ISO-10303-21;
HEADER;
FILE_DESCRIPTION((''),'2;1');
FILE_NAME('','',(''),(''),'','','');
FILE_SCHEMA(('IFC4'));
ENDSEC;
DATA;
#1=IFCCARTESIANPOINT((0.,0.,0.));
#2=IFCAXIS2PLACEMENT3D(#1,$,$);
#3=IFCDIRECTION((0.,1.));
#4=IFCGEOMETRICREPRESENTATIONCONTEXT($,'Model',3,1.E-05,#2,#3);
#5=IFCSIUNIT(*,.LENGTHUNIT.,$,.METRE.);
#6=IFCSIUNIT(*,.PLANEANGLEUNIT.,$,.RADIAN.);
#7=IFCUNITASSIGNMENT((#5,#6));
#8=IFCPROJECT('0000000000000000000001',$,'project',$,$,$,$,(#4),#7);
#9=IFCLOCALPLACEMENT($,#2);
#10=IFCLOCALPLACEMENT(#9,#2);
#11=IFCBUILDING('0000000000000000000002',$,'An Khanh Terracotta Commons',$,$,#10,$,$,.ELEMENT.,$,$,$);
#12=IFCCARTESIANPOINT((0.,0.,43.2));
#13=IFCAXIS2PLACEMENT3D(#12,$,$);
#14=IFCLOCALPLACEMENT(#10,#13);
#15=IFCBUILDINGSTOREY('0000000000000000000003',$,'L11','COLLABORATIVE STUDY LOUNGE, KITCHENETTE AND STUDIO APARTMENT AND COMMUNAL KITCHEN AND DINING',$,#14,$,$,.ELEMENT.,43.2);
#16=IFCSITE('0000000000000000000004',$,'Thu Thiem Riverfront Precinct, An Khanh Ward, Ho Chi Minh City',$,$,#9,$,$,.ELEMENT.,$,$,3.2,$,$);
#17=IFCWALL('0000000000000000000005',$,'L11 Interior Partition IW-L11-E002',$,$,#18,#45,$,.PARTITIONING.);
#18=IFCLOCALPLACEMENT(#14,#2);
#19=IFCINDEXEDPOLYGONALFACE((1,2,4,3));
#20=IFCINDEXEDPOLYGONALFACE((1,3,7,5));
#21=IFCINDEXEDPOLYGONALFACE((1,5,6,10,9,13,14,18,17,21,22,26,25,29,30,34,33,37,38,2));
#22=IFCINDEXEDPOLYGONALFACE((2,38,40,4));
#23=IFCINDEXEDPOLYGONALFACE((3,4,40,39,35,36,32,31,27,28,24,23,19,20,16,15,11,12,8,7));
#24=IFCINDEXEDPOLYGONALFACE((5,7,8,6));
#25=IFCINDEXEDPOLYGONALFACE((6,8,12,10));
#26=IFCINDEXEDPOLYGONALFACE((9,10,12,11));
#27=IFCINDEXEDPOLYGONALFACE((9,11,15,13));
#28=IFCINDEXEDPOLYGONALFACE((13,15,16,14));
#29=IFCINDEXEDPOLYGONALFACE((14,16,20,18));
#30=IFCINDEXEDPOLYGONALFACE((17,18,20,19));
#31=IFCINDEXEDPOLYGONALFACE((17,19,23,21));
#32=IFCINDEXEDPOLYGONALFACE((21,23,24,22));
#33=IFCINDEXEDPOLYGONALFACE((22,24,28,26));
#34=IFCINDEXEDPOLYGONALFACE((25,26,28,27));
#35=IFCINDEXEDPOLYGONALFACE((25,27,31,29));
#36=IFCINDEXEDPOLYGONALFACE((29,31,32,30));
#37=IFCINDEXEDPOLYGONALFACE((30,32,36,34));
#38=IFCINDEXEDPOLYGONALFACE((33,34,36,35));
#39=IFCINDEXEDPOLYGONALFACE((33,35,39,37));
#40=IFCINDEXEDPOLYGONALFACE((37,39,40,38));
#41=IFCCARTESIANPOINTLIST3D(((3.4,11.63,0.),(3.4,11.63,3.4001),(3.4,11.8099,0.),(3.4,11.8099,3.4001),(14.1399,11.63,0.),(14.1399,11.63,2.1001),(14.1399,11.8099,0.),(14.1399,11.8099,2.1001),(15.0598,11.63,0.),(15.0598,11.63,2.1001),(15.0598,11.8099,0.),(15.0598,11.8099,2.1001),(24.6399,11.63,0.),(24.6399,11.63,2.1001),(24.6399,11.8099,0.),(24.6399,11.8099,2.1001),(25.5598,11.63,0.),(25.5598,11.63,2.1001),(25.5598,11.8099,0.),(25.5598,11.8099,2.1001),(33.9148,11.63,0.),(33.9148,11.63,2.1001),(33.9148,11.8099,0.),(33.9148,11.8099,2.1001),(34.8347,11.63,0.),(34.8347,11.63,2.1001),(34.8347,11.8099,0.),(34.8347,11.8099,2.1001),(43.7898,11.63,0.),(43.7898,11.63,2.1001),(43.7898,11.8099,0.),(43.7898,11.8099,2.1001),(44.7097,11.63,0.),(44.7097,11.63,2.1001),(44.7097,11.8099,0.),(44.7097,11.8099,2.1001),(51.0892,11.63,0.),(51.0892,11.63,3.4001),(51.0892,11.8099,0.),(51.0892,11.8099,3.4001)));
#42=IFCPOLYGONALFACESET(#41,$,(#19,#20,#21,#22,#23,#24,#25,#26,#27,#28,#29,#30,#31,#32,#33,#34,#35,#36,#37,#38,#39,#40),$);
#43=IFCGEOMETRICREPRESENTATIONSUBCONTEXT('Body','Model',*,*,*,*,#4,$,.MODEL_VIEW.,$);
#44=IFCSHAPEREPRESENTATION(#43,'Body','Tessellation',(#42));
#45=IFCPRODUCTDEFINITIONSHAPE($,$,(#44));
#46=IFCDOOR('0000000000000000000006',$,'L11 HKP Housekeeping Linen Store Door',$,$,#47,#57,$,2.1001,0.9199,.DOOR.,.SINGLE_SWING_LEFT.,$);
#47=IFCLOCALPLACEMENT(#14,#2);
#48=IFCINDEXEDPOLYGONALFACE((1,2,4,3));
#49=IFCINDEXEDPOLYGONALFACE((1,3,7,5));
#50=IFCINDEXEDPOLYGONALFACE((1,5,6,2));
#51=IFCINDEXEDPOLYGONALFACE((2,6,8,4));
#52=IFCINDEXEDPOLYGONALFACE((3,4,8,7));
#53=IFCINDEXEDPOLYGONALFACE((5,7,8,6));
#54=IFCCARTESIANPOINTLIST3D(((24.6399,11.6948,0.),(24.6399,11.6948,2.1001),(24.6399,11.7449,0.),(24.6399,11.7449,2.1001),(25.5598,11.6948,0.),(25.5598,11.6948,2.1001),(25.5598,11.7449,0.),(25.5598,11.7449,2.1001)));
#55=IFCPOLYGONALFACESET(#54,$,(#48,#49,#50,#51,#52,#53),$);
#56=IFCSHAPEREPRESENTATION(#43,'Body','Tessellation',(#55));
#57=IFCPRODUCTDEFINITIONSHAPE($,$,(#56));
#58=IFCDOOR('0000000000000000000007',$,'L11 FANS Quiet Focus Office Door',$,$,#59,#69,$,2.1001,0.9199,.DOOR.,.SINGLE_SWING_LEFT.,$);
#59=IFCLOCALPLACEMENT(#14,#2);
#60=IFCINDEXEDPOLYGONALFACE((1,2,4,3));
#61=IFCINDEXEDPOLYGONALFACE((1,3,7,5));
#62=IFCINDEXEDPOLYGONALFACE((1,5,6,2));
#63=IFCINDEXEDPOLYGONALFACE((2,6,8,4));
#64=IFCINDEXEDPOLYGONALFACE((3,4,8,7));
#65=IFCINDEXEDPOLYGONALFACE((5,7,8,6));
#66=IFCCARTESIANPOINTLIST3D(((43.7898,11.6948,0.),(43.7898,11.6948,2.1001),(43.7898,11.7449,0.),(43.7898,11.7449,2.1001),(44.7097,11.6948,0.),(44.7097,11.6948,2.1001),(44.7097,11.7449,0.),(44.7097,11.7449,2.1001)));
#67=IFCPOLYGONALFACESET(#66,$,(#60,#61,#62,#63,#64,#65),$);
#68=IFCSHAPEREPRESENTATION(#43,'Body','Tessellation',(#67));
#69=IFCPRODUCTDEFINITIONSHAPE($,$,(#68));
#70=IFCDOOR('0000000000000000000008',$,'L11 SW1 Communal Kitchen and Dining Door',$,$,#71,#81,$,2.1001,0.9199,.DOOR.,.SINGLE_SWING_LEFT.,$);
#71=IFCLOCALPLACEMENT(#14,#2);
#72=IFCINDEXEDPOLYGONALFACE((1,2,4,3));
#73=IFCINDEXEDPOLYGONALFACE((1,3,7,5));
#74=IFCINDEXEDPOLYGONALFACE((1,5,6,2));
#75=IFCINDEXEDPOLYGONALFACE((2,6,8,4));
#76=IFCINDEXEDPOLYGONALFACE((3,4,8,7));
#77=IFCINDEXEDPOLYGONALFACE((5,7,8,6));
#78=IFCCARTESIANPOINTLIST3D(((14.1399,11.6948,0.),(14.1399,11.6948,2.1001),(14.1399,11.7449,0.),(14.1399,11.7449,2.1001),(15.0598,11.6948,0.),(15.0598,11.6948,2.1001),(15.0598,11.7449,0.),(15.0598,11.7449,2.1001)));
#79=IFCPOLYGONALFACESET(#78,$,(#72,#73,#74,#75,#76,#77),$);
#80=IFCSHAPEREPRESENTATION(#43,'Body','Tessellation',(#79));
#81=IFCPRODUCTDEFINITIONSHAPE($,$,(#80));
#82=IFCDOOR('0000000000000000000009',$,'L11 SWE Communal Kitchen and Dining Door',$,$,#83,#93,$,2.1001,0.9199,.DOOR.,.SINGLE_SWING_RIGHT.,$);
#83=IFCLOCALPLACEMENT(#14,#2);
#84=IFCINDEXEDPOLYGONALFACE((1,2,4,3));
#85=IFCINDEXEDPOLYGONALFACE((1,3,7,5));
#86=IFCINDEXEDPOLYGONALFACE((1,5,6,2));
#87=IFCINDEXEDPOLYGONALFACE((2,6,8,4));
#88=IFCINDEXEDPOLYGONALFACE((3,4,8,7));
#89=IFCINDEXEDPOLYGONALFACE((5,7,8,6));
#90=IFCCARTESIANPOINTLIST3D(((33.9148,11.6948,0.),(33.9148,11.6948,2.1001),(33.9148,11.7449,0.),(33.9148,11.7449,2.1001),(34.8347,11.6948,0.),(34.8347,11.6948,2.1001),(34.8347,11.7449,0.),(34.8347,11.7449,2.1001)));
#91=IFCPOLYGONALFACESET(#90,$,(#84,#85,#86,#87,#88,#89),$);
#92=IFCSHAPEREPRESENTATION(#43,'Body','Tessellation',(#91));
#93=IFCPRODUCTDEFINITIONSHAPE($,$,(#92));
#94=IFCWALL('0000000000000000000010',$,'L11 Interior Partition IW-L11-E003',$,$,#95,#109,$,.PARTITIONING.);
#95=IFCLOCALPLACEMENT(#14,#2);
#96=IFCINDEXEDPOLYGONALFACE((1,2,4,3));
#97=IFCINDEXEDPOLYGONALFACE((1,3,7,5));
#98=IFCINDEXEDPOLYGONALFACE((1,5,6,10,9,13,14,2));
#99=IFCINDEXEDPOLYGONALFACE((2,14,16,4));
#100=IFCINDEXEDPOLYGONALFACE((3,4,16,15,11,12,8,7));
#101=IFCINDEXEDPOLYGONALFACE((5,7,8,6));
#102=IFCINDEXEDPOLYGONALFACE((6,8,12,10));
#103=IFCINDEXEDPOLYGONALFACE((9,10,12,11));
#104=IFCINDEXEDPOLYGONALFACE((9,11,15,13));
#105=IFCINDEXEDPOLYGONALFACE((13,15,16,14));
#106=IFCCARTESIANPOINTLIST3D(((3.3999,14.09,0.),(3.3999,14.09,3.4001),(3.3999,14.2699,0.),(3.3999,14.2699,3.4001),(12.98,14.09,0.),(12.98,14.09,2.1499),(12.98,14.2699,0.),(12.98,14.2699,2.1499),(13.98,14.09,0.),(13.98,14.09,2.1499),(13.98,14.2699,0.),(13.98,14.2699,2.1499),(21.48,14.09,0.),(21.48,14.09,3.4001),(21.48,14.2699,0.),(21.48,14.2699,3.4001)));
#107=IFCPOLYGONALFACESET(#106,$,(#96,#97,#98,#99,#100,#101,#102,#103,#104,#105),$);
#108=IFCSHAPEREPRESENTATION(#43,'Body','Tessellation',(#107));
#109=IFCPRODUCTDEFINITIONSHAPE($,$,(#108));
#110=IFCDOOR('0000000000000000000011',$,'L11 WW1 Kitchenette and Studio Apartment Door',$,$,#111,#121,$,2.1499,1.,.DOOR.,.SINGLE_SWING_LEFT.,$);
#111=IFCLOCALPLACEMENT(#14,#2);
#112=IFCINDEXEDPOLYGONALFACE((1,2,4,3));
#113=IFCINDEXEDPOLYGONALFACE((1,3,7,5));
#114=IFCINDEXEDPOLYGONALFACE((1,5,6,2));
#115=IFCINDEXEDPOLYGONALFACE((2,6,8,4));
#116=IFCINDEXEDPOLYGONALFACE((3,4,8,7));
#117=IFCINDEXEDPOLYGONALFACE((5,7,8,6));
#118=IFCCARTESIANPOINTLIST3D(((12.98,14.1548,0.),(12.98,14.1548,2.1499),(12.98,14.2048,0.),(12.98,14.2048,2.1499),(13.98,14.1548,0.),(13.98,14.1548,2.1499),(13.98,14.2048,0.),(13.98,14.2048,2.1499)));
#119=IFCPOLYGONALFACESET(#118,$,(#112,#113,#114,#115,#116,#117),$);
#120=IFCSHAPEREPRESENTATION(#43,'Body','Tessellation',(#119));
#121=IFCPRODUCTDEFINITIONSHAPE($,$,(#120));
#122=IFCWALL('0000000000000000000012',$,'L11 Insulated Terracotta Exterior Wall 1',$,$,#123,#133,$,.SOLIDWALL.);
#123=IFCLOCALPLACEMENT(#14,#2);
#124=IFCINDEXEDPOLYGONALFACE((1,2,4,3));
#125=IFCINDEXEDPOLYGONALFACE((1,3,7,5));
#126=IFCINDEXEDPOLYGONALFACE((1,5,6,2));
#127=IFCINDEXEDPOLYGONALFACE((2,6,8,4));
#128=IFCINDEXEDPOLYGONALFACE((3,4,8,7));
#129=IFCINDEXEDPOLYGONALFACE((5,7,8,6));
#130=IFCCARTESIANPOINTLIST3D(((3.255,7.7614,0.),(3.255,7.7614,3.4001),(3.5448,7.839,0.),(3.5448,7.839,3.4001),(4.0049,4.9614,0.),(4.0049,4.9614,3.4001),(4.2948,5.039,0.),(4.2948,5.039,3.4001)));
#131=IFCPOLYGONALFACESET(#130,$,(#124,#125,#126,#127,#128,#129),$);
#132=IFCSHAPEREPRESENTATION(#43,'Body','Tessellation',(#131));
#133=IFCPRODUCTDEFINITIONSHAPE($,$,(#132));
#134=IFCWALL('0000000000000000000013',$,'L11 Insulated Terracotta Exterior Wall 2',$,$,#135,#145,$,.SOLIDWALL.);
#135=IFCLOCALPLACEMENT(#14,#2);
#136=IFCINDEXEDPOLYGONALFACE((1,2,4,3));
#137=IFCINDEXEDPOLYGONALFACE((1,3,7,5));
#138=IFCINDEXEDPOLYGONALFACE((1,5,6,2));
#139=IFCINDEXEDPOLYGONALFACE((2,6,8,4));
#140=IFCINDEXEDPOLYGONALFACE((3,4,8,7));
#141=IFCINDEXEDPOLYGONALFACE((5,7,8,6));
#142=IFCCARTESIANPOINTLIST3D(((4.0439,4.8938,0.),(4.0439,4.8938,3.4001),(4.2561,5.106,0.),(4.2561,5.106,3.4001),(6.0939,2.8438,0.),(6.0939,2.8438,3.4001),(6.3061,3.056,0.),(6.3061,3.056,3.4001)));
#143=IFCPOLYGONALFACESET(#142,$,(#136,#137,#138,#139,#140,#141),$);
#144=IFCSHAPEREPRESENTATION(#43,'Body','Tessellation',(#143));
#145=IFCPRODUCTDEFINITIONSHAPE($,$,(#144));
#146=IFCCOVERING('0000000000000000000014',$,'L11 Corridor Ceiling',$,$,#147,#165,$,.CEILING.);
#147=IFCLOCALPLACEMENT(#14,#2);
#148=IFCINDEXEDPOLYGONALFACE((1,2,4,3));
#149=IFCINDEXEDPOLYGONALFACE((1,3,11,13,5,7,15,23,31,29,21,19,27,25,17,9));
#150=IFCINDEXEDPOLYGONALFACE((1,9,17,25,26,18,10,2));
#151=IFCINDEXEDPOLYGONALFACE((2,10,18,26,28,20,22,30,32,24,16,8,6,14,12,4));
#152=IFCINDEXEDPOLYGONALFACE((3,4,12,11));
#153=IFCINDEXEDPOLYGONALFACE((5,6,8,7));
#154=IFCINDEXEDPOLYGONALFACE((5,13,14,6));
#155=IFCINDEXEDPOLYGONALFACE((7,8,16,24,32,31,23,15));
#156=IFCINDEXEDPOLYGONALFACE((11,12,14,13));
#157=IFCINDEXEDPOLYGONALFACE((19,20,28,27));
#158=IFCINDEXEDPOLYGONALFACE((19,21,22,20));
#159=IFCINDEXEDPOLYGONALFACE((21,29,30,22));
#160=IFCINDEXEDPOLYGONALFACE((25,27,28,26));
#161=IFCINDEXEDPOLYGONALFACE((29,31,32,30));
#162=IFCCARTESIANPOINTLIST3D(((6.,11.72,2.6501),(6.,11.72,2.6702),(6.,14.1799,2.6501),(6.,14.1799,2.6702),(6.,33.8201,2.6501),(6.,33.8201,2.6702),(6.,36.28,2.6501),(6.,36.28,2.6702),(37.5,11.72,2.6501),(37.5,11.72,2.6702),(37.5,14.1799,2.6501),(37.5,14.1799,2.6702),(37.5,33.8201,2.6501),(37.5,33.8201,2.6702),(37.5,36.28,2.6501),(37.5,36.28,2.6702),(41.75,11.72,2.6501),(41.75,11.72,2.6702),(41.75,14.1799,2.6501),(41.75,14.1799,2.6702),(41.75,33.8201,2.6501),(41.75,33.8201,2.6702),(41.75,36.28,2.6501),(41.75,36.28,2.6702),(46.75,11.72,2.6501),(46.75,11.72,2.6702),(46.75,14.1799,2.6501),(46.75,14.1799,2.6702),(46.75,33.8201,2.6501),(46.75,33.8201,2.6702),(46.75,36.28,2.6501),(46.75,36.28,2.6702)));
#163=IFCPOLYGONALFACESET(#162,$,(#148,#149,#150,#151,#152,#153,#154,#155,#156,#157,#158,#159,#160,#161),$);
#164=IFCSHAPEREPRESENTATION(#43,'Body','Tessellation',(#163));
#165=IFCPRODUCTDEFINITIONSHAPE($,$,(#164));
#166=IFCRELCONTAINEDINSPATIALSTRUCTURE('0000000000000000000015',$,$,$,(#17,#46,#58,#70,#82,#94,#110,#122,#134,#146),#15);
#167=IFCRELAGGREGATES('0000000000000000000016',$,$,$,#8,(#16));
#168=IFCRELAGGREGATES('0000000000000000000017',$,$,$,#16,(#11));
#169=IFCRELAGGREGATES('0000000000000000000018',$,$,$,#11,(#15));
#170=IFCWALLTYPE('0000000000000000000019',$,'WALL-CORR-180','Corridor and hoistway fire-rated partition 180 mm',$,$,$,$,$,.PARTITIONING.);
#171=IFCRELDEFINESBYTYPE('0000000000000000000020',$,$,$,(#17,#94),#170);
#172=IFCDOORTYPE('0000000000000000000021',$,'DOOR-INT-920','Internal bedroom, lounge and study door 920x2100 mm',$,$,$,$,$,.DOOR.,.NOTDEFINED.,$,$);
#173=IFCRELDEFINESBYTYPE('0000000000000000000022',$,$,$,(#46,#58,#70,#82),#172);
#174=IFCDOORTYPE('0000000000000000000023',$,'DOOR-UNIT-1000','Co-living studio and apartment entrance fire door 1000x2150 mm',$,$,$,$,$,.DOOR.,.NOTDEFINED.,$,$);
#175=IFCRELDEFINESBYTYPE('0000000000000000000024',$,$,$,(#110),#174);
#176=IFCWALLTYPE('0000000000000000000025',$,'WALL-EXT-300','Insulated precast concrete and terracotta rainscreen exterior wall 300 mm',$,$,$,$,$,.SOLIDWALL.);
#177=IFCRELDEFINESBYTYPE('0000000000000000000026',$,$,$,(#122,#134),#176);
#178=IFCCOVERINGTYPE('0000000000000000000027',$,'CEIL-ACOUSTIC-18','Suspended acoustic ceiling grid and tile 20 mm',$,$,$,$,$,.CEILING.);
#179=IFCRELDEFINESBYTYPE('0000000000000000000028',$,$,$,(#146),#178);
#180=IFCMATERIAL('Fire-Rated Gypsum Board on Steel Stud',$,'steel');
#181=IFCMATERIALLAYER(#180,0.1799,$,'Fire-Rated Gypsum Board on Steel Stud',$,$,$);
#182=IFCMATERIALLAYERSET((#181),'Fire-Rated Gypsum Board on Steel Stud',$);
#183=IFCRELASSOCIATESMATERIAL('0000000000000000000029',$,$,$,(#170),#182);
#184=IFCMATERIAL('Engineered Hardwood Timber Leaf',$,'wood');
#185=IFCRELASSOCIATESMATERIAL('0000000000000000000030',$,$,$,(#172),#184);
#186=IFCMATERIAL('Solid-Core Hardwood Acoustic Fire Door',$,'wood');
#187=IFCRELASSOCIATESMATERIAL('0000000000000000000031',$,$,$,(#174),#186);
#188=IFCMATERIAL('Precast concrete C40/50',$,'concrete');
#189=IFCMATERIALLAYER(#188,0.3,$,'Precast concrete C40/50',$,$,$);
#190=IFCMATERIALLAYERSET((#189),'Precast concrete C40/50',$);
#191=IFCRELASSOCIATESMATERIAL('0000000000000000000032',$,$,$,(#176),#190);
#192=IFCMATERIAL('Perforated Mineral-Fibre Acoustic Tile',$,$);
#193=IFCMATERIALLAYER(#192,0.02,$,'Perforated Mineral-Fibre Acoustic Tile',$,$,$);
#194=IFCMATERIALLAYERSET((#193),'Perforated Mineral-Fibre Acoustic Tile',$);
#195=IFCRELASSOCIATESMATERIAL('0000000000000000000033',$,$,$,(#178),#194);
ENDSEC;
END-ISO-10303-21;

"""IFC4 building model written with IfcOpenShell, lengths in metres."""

from ifc_helpers import new_model, si_unit, direction, frame, frame_2d, origin, place, context, subcontext, project, spatial, polyline, rectangle, outline, extrude, material, layer, layer_set, type_object, element, fill, save


model = new_model("IFC4")

# Units and contexts
model_context = context("Model", 3, precision=1e-05, world=origin(), true_north=direction((0.0, 1.0)))
body_context = subcontext(model_context, "Body", "Model", "MODEL_VIEW")
ifc_project = project(units=[si_unit("LENGTHUNIT", "METRE"), si_unit("PLANEANGLEUNIT", "RADIAN")], contexts=[model_context])

# Site, building, storey
site_placement = place(None, origin())
site = spatial("IfcSite", under=ifc_project, at=site_placement, Name="Thu Thiem Riverfront Precinct, An Khanh Ward, Ho Chi Minh City", CompositionType="ELEMENT", RefElevation=3.2)
building_placement = place(site_placement, origin())
building = spatial("IfcBuilding", under=site, at=building_placement, Name="An Khanh Terracotta Commons", CompositionType="ELEMENT")
storey_placement = place(building_placement, frame((0.0, 0.0, 43.2)))
storey = spatial("IfcBuildingStorey", under=building, at=storey_placement, Name="L11", Description="COLLABORATIVE STUDY LOUNGE, KITCHENETTE AND STUDIO APARTMENT AND COMMUNAL KITCHEN AND DINING", CompositionType="ELEMENT", Elevation=43.2)

# Shared definitions
ifc_material_1 = material(Name="Precast concrete C40/50", Category="concrete")

# Wall, openings, doors
ifc_material_2 = material(Name="Fire-Rated Gypsum Board on Steel Stud", Category="steel")
ifc_layer_1 = layer(ifc_material_2, 0.1799, Name="Fire-Rated Gypsum Board on Steel Stud")
ifc_layer_set_1 = layer_set([ifc_layer_1], Name="Fire-Rated Gypsum Board on Steel Stud")
wall_type_1 = type_object("IfcWallType", Name="WALL-CORR-180", Description="Corridor and hoistway fire-rated partition 180 mm", PredefinedType="PARTITIONING", material=ifc_layer_set_1)
wall_1_placement = place(storey_placement, frame((3.3999, 11.72, 0.0), z_axis=(0.0, 0.0, 1.0), x_axis=(1.0, 0.0, 0.0)))
wall_1 = element("IfcWall", 1, at=wall_1_placement, inside=storey, type_object=wall_type_1, Name="L11 Interior Partition IW-L11-E002", PredefinedType="PARTITIONING", context=body_context, shape_type="SweptSolid", body=[
    extrude(rectangle(XDim=47.6892, YDim=0.1799, at=frame_2d((23.8447, 0.0))), origin(), (0.0, 0.0, 1.0), 3.4001),
])
opening_1_placement = place(wall_1_placement, frame((21.24, 0.0, 0.0)))
opening_1 = element("IfcOpeningElement", 2, at=opening_1_placement, cuts=wall_1, PredefinedType="OPENING", context=body_context, shape_type="SweptSolid", body=[
    extrude(rectangle(XDim=0.9199, YDim=2.1001, at=frame_2d((0.46, 1.05))), frame((0.0, 0.0999, 0.0), z_axis=(0.0, -1.0, 0.0), x_axis=(1.0, 0.0, 0.0)), (0.0, 0.0, 1.0), 0.2),
])
opening_2_placement = place(wall_1_placement, frame((40.3899, 0.0, 0.0)))
opening_2 = element("IfcOpeningElement", 3, at=opening_2_placement, cuts=wall_1, PredefinedType="OPENING", context=body_context, shape_type="SweptSolid", body=[
    extrude(rectangle(XDim=0.9199, YDim=2.1001, at=frame_2d((0.46, 1.05))), frame((0.0, 0.0999, 0.0), z_axis=(0.0, -1.0, 0.0), x_axis=(1.0, 0.0, 0.0)), (0.0, 0.0, 1.0), 0.2),
])
opening_3_placement = place(wall_1_placement, frame((10.74, 0.0, 0.0)))
opening_3 = element("IfcOpeningElement", 4, at=opening_3_placement, cuts=wall_1, PredefinedType="OPENING", context=body_context, shape_type="SweptSolid", body=[
    extrude(rectangle(XDim=0.9199, YDim=2.1001, at=frame_2d((0.46, 1.05))), frame((0.0, 0.0999, 0.0), z_axis=(0.0, -1.0, 0.0), x_axis=(1.0, 0.0, 0.0)), (0.0, 0.0, 1.0), 0.2),
])
opening_4_placement = place(wall_1_placement, frame((30.5149, 0.0, 0.0)))
opening_4 = element("IfcOpeningElement", 5, at=opening_4_placement, cuts=wall_1, PredefinedType="OPENING", context=body_context, shape_type="SweptSolid", body=[
    extrude(rectangle(XDim=0.9199, YDim=2.1001, at=frame_2d((0.46, 1.05))), frame((0.0, 0.0999, 0.0), z_axis=(0.0, -1.0, 0.0), x_axis=(1.0, 0.0, 0.0)), (0.0, 0.0, 1.0), 0.2),
])
ifc_material_3 = material(Name="Engineered Hardwood Timber Leaf", Category="wood")
door_type_1 = type_object("IfcDoorType", Name="DOOR-INT-920", Description="Internal bedroom, lounge and study door 920x2100 mm", OperationType="NOTDEFINED", PredefinedType="DOOR", material=ifc_material_3)
door_1_placement = place(opening_1_placement, origin())
door_1 = element("IfcDoor", 6, at=door_1_placement, inside=storey, type_object=door_type_1, Name="L11 HKP Housekeeping Linen Store Door", OperationType="SINGLE_SWING_LEFT", OverallHeight=2.1001, OverallWidth=0.9199, PredefinedType="DOOR", context=body_context, shape_type="SweptSolid", body=[
    extrude(rectangle(XDim=0.9199, YDim=2.1001, at=frame_2d((0.46, 1.05))), frame((0.0, 0.0249, 0.0), z_axis=(0.0, -1.0, 0.0), x_axis=(1.0, 0.0, 0.0)), (0.0, 0.0, 1.0), 0.05),
])
fill(opening_1, door_1)
door_2_placement = place(opening_2_placement, origin())
door_2 = element("IfcDoor", 7, at=door_2_placement, inside=storey, type_object=door_type_1, Name="L11 FANS Quiet Focus Office Door", OperationType="SINGLE_SWING_LEFT", OverallHeight=2.1001, OverallWidth=0.9199, PredefinedType="DOOR", context=body_context, shape_type="SweptSolid", body=[
    extrude(rectangle(XDim=0.9199, YDim=2.1001, at=frame_2d((0.46, 1.05))), frame((0.0, 0.0249, 0.0), z_axis=(0.0, -1.0, 0.0), x_axis=(1.0, 0.0, 0.0)), (0.0, 0.0, 1.0), 0.05),
])
fill(opening_2, door_2)
door_3_placement = place(opening_3_placement, origin())
door_3 = element("IfcDoor", 8, at=door_3_placement, inside=storey, type_object=door_type_1, Name="L11 SW1 Communal Kitchen and Dining Door", OperationType="SINGLE_SWING_LEFT", OverallHeight=2.1001, OverallWidth=0.9199, PredefinedType="DOOR", context=body_context, shape_type="SweptSolid", body=[
    extrude(rectangle(XDim=0.9199, YDim=2.1001, at=frame_2d((0.46, 1.05))), frame((0.0, 0.0249, 0.0), z_axis=(0.0, -1.0, 0.0), x_axis=(1.0, 0.0, 0.0)), (0.0, 0.0, 1.0), 0.05),
])
fill(opening_3, door_3)
door_4_placement = place(opening_4_placement, origin())
door_4 = element("IfcDoor", 9, at=door_4_placement, inside=storey, type_object=door_type_1, Name="L11 SWE Communal Kitchen and Dining Door", OperationType="SINGLE_SWING_RIGHT", OverallHeight=2.1001, OverallWidth=0.9199, PredefinedType="DOOR", context=body_context, shape_type="SweptSolid", body=[
    extrude(rectangle(XDim=0.9199, YDim=2.1001, at=frame_2d((0.46, 1.05))), frame((0.0, 0.0249, 0.0), z_axis=(0.0, -1.0, 0.0), x_axis=(1.0, 0.0, 0.0)), (0.0, 0.0, 1.0), 0.05),
])
fill(opening_4, door_4)

# Wall, opening, door
wall_2_placement = place(storey_placement, frame((3.3999, 14.1799, 0.0), z_axis=(0.0, 0.0, 1.0), x_axis=(1.0, 0.0, 0.0)))
wall_2 = element("IfcWall", 10, at=wall_2_placement, inside=storey, type_object=wall_type_1, Name="L11 Interior Partition IW-L11-E003", PredefinedType="PARTITIONING", context=body_context, shape_type="SweptSolid", body=[
    extrude(rectangle(XDim=18.0801, YDim=0.1799, at=frame_2d((9.04, 0.0))), origin(), (0.0, 0.0, 1.0), 3.4001),
])
opening_5_placement = place(wall_2_placement, frame((9.5801, 0.0, 0.0)))
opening_5 = element("IfcOpeningElement", 11, at=opening_5_placement, cuts=wall_2, PredefinedType="OPENING", context=body_context, shape_type="SweptSolid", body=[
    extrude(rectangle(XDim=1.0, YDim=2.1499, at=frame_2d((0.5, 1.075))), frame((0.0, 0.0999, 0.0), z_axis=(0.0, -1.0, 0.0), x_axis=(1.0, 0.0, 0.0)), (0.0, 0.0, 1.0), 0.2),
])
ifc_material_4 = material(Name="Solid-Core Hardwood Acoustic Fire Door", Category="wood")
door_type_2 = type_object("IfcDoorType", Name="DOOR-UNIT-1000", Description="Co-living studio and apartment entrance fire door 1000x2150 mm", OperationType="NOTDEFINED", PredefinedType="DOOR", material=ifc_material_4)
door_5_placement = place(opening_5_placement, origin())
door_5 = element("IfcDoor", 12, at=door_5_placement, inside=storey, type_object=door_type_2, Name="L11 WW1 Kitchenette and Studio Apartment Door", OperationType="SINGLE_SWING_LEFT", OverallHeight=2.1499, OverallWidth=1.0, PredefinedType="DOOR", context=body_context, shape_type="SweptSolid", body=[
    extrude(rectangle(XDim=1.0, YDim=2.1499, at=frame_2d((0.5, 1.075))), frame((0.0, 0.0249, 0.0), z_axis=(0.0, -1.0, 0.0), x_axis=(1.0, 0.0, 0.0)), (0.0, 0.0, 1.0), 0.05),
])
fill(opening_5, door_5)

# Walls
ifc_layer_2 = layer(ifc_material_1, 0.3, Name="Precast concrete C40/50")
ifc_layer_set_2 = layer_set([ifc_layer_2], Name="Precast concrete C40/50")
wall_type_2 = type_object("IfcWallType", Name="WALL-EXT-300", Description="Insulated precast concrete and terracotta rainscreen exterior wall 300 mm", PredefinedType="SOLIDWALL", material=ifc_layer_set_2)
wall_3_placement = place(storey_placement, frame((3.3999, 7.8, 0.0), z_axis=(0.0, 0.0, 1.0), x_axis=(0.258732, -0.965949, 0.0)))
element("IfcWall", 13, at=wall_3_placement, inside=storey, type_object=wall_type_2, Name="L11 Insulated Terracotta Exterior Wall 1", PredefinedType="SOLIDWALL", context=body_context, shape_type="SweptSolid", body=[
    extrude(rectangle(XDim=2.8987, YDim=0.3, at=frame_2d((1.4492, 0.0))), origin(), (0.0, 0.0, 1.0), 3.4001),
])
wall_4_placement = place(storey_placement, frame((4.1499, 5.0, 0.0), z_axis=(0.0, 0.0, 1.0), x_axis=(0.707107, -0.707107, 0.0)))
element("IfcWall", 14, at=wall_4_placement, inside=storey, type_object=wall_type_2, Name="L11 Insulated Terracotta Exterior Wall 2", PredefinedType="SOLIDWALL", context=body_context, shape_type="SweptSolid", body=[
    extrude(rectangle(XDim=2.8992, YDim=0.3, at=frame_2d((1.4497, 0.0))), origin(), (0.0, 0.0, 1.0), 3.4001),
])

# Covering
ifc_material_5 = material(Name="Perforated Mineral-Fibre Acoustic Tile")
ifc_layer_3 = layer(ifc_material_5, 0.02, Name="Perforated Mineral-Fibre Acoustic Tile")
ifc_layer_set_3 = layer_set([ifc_layer_3], Name="Perforated Mineral-Fibre Acoustic Tile")
covering_type = type_object("IfcCoveringType", Name="CEIL-ACOUSTIC-18", Description="Suspended acoustic ceiling grid and tile 20 mm", PredefinedType="CEILING", material=ifc_layer_set_3)
covering_1_placement = place(storey_placement, frame((0.0, 0.0, 2.6501)))
element("IfcCovering", 15, at=covering_1_placement, inside=storey, type_object=covering_type, Name="L11 Corridor Ceiling", PredefinedType="CEILING", context=body_context, shape_type="SweptSolid", body=[
    extrude(outline(polyline([(37.5, 14.1799), (37.5, 33.8201), (6.0, 33.8201), (6.0, 36.28), (37.5, 36.28), (41.75, 36.28), (46.75, 36.28), (46.75, 33.8201), (41.75, 33.8201), (41.75, 14.1799), (46.75, 14.1799), (46.75, 11.72), (41.75, 11.72), (37.5, 11.72), (6.0, 11.72), (6.0, 14.1799), (37.5, 14.1799)])), origin(), (0.0, 0.0, 1.0), 0.02),
])

save(model, "model.ifc")
